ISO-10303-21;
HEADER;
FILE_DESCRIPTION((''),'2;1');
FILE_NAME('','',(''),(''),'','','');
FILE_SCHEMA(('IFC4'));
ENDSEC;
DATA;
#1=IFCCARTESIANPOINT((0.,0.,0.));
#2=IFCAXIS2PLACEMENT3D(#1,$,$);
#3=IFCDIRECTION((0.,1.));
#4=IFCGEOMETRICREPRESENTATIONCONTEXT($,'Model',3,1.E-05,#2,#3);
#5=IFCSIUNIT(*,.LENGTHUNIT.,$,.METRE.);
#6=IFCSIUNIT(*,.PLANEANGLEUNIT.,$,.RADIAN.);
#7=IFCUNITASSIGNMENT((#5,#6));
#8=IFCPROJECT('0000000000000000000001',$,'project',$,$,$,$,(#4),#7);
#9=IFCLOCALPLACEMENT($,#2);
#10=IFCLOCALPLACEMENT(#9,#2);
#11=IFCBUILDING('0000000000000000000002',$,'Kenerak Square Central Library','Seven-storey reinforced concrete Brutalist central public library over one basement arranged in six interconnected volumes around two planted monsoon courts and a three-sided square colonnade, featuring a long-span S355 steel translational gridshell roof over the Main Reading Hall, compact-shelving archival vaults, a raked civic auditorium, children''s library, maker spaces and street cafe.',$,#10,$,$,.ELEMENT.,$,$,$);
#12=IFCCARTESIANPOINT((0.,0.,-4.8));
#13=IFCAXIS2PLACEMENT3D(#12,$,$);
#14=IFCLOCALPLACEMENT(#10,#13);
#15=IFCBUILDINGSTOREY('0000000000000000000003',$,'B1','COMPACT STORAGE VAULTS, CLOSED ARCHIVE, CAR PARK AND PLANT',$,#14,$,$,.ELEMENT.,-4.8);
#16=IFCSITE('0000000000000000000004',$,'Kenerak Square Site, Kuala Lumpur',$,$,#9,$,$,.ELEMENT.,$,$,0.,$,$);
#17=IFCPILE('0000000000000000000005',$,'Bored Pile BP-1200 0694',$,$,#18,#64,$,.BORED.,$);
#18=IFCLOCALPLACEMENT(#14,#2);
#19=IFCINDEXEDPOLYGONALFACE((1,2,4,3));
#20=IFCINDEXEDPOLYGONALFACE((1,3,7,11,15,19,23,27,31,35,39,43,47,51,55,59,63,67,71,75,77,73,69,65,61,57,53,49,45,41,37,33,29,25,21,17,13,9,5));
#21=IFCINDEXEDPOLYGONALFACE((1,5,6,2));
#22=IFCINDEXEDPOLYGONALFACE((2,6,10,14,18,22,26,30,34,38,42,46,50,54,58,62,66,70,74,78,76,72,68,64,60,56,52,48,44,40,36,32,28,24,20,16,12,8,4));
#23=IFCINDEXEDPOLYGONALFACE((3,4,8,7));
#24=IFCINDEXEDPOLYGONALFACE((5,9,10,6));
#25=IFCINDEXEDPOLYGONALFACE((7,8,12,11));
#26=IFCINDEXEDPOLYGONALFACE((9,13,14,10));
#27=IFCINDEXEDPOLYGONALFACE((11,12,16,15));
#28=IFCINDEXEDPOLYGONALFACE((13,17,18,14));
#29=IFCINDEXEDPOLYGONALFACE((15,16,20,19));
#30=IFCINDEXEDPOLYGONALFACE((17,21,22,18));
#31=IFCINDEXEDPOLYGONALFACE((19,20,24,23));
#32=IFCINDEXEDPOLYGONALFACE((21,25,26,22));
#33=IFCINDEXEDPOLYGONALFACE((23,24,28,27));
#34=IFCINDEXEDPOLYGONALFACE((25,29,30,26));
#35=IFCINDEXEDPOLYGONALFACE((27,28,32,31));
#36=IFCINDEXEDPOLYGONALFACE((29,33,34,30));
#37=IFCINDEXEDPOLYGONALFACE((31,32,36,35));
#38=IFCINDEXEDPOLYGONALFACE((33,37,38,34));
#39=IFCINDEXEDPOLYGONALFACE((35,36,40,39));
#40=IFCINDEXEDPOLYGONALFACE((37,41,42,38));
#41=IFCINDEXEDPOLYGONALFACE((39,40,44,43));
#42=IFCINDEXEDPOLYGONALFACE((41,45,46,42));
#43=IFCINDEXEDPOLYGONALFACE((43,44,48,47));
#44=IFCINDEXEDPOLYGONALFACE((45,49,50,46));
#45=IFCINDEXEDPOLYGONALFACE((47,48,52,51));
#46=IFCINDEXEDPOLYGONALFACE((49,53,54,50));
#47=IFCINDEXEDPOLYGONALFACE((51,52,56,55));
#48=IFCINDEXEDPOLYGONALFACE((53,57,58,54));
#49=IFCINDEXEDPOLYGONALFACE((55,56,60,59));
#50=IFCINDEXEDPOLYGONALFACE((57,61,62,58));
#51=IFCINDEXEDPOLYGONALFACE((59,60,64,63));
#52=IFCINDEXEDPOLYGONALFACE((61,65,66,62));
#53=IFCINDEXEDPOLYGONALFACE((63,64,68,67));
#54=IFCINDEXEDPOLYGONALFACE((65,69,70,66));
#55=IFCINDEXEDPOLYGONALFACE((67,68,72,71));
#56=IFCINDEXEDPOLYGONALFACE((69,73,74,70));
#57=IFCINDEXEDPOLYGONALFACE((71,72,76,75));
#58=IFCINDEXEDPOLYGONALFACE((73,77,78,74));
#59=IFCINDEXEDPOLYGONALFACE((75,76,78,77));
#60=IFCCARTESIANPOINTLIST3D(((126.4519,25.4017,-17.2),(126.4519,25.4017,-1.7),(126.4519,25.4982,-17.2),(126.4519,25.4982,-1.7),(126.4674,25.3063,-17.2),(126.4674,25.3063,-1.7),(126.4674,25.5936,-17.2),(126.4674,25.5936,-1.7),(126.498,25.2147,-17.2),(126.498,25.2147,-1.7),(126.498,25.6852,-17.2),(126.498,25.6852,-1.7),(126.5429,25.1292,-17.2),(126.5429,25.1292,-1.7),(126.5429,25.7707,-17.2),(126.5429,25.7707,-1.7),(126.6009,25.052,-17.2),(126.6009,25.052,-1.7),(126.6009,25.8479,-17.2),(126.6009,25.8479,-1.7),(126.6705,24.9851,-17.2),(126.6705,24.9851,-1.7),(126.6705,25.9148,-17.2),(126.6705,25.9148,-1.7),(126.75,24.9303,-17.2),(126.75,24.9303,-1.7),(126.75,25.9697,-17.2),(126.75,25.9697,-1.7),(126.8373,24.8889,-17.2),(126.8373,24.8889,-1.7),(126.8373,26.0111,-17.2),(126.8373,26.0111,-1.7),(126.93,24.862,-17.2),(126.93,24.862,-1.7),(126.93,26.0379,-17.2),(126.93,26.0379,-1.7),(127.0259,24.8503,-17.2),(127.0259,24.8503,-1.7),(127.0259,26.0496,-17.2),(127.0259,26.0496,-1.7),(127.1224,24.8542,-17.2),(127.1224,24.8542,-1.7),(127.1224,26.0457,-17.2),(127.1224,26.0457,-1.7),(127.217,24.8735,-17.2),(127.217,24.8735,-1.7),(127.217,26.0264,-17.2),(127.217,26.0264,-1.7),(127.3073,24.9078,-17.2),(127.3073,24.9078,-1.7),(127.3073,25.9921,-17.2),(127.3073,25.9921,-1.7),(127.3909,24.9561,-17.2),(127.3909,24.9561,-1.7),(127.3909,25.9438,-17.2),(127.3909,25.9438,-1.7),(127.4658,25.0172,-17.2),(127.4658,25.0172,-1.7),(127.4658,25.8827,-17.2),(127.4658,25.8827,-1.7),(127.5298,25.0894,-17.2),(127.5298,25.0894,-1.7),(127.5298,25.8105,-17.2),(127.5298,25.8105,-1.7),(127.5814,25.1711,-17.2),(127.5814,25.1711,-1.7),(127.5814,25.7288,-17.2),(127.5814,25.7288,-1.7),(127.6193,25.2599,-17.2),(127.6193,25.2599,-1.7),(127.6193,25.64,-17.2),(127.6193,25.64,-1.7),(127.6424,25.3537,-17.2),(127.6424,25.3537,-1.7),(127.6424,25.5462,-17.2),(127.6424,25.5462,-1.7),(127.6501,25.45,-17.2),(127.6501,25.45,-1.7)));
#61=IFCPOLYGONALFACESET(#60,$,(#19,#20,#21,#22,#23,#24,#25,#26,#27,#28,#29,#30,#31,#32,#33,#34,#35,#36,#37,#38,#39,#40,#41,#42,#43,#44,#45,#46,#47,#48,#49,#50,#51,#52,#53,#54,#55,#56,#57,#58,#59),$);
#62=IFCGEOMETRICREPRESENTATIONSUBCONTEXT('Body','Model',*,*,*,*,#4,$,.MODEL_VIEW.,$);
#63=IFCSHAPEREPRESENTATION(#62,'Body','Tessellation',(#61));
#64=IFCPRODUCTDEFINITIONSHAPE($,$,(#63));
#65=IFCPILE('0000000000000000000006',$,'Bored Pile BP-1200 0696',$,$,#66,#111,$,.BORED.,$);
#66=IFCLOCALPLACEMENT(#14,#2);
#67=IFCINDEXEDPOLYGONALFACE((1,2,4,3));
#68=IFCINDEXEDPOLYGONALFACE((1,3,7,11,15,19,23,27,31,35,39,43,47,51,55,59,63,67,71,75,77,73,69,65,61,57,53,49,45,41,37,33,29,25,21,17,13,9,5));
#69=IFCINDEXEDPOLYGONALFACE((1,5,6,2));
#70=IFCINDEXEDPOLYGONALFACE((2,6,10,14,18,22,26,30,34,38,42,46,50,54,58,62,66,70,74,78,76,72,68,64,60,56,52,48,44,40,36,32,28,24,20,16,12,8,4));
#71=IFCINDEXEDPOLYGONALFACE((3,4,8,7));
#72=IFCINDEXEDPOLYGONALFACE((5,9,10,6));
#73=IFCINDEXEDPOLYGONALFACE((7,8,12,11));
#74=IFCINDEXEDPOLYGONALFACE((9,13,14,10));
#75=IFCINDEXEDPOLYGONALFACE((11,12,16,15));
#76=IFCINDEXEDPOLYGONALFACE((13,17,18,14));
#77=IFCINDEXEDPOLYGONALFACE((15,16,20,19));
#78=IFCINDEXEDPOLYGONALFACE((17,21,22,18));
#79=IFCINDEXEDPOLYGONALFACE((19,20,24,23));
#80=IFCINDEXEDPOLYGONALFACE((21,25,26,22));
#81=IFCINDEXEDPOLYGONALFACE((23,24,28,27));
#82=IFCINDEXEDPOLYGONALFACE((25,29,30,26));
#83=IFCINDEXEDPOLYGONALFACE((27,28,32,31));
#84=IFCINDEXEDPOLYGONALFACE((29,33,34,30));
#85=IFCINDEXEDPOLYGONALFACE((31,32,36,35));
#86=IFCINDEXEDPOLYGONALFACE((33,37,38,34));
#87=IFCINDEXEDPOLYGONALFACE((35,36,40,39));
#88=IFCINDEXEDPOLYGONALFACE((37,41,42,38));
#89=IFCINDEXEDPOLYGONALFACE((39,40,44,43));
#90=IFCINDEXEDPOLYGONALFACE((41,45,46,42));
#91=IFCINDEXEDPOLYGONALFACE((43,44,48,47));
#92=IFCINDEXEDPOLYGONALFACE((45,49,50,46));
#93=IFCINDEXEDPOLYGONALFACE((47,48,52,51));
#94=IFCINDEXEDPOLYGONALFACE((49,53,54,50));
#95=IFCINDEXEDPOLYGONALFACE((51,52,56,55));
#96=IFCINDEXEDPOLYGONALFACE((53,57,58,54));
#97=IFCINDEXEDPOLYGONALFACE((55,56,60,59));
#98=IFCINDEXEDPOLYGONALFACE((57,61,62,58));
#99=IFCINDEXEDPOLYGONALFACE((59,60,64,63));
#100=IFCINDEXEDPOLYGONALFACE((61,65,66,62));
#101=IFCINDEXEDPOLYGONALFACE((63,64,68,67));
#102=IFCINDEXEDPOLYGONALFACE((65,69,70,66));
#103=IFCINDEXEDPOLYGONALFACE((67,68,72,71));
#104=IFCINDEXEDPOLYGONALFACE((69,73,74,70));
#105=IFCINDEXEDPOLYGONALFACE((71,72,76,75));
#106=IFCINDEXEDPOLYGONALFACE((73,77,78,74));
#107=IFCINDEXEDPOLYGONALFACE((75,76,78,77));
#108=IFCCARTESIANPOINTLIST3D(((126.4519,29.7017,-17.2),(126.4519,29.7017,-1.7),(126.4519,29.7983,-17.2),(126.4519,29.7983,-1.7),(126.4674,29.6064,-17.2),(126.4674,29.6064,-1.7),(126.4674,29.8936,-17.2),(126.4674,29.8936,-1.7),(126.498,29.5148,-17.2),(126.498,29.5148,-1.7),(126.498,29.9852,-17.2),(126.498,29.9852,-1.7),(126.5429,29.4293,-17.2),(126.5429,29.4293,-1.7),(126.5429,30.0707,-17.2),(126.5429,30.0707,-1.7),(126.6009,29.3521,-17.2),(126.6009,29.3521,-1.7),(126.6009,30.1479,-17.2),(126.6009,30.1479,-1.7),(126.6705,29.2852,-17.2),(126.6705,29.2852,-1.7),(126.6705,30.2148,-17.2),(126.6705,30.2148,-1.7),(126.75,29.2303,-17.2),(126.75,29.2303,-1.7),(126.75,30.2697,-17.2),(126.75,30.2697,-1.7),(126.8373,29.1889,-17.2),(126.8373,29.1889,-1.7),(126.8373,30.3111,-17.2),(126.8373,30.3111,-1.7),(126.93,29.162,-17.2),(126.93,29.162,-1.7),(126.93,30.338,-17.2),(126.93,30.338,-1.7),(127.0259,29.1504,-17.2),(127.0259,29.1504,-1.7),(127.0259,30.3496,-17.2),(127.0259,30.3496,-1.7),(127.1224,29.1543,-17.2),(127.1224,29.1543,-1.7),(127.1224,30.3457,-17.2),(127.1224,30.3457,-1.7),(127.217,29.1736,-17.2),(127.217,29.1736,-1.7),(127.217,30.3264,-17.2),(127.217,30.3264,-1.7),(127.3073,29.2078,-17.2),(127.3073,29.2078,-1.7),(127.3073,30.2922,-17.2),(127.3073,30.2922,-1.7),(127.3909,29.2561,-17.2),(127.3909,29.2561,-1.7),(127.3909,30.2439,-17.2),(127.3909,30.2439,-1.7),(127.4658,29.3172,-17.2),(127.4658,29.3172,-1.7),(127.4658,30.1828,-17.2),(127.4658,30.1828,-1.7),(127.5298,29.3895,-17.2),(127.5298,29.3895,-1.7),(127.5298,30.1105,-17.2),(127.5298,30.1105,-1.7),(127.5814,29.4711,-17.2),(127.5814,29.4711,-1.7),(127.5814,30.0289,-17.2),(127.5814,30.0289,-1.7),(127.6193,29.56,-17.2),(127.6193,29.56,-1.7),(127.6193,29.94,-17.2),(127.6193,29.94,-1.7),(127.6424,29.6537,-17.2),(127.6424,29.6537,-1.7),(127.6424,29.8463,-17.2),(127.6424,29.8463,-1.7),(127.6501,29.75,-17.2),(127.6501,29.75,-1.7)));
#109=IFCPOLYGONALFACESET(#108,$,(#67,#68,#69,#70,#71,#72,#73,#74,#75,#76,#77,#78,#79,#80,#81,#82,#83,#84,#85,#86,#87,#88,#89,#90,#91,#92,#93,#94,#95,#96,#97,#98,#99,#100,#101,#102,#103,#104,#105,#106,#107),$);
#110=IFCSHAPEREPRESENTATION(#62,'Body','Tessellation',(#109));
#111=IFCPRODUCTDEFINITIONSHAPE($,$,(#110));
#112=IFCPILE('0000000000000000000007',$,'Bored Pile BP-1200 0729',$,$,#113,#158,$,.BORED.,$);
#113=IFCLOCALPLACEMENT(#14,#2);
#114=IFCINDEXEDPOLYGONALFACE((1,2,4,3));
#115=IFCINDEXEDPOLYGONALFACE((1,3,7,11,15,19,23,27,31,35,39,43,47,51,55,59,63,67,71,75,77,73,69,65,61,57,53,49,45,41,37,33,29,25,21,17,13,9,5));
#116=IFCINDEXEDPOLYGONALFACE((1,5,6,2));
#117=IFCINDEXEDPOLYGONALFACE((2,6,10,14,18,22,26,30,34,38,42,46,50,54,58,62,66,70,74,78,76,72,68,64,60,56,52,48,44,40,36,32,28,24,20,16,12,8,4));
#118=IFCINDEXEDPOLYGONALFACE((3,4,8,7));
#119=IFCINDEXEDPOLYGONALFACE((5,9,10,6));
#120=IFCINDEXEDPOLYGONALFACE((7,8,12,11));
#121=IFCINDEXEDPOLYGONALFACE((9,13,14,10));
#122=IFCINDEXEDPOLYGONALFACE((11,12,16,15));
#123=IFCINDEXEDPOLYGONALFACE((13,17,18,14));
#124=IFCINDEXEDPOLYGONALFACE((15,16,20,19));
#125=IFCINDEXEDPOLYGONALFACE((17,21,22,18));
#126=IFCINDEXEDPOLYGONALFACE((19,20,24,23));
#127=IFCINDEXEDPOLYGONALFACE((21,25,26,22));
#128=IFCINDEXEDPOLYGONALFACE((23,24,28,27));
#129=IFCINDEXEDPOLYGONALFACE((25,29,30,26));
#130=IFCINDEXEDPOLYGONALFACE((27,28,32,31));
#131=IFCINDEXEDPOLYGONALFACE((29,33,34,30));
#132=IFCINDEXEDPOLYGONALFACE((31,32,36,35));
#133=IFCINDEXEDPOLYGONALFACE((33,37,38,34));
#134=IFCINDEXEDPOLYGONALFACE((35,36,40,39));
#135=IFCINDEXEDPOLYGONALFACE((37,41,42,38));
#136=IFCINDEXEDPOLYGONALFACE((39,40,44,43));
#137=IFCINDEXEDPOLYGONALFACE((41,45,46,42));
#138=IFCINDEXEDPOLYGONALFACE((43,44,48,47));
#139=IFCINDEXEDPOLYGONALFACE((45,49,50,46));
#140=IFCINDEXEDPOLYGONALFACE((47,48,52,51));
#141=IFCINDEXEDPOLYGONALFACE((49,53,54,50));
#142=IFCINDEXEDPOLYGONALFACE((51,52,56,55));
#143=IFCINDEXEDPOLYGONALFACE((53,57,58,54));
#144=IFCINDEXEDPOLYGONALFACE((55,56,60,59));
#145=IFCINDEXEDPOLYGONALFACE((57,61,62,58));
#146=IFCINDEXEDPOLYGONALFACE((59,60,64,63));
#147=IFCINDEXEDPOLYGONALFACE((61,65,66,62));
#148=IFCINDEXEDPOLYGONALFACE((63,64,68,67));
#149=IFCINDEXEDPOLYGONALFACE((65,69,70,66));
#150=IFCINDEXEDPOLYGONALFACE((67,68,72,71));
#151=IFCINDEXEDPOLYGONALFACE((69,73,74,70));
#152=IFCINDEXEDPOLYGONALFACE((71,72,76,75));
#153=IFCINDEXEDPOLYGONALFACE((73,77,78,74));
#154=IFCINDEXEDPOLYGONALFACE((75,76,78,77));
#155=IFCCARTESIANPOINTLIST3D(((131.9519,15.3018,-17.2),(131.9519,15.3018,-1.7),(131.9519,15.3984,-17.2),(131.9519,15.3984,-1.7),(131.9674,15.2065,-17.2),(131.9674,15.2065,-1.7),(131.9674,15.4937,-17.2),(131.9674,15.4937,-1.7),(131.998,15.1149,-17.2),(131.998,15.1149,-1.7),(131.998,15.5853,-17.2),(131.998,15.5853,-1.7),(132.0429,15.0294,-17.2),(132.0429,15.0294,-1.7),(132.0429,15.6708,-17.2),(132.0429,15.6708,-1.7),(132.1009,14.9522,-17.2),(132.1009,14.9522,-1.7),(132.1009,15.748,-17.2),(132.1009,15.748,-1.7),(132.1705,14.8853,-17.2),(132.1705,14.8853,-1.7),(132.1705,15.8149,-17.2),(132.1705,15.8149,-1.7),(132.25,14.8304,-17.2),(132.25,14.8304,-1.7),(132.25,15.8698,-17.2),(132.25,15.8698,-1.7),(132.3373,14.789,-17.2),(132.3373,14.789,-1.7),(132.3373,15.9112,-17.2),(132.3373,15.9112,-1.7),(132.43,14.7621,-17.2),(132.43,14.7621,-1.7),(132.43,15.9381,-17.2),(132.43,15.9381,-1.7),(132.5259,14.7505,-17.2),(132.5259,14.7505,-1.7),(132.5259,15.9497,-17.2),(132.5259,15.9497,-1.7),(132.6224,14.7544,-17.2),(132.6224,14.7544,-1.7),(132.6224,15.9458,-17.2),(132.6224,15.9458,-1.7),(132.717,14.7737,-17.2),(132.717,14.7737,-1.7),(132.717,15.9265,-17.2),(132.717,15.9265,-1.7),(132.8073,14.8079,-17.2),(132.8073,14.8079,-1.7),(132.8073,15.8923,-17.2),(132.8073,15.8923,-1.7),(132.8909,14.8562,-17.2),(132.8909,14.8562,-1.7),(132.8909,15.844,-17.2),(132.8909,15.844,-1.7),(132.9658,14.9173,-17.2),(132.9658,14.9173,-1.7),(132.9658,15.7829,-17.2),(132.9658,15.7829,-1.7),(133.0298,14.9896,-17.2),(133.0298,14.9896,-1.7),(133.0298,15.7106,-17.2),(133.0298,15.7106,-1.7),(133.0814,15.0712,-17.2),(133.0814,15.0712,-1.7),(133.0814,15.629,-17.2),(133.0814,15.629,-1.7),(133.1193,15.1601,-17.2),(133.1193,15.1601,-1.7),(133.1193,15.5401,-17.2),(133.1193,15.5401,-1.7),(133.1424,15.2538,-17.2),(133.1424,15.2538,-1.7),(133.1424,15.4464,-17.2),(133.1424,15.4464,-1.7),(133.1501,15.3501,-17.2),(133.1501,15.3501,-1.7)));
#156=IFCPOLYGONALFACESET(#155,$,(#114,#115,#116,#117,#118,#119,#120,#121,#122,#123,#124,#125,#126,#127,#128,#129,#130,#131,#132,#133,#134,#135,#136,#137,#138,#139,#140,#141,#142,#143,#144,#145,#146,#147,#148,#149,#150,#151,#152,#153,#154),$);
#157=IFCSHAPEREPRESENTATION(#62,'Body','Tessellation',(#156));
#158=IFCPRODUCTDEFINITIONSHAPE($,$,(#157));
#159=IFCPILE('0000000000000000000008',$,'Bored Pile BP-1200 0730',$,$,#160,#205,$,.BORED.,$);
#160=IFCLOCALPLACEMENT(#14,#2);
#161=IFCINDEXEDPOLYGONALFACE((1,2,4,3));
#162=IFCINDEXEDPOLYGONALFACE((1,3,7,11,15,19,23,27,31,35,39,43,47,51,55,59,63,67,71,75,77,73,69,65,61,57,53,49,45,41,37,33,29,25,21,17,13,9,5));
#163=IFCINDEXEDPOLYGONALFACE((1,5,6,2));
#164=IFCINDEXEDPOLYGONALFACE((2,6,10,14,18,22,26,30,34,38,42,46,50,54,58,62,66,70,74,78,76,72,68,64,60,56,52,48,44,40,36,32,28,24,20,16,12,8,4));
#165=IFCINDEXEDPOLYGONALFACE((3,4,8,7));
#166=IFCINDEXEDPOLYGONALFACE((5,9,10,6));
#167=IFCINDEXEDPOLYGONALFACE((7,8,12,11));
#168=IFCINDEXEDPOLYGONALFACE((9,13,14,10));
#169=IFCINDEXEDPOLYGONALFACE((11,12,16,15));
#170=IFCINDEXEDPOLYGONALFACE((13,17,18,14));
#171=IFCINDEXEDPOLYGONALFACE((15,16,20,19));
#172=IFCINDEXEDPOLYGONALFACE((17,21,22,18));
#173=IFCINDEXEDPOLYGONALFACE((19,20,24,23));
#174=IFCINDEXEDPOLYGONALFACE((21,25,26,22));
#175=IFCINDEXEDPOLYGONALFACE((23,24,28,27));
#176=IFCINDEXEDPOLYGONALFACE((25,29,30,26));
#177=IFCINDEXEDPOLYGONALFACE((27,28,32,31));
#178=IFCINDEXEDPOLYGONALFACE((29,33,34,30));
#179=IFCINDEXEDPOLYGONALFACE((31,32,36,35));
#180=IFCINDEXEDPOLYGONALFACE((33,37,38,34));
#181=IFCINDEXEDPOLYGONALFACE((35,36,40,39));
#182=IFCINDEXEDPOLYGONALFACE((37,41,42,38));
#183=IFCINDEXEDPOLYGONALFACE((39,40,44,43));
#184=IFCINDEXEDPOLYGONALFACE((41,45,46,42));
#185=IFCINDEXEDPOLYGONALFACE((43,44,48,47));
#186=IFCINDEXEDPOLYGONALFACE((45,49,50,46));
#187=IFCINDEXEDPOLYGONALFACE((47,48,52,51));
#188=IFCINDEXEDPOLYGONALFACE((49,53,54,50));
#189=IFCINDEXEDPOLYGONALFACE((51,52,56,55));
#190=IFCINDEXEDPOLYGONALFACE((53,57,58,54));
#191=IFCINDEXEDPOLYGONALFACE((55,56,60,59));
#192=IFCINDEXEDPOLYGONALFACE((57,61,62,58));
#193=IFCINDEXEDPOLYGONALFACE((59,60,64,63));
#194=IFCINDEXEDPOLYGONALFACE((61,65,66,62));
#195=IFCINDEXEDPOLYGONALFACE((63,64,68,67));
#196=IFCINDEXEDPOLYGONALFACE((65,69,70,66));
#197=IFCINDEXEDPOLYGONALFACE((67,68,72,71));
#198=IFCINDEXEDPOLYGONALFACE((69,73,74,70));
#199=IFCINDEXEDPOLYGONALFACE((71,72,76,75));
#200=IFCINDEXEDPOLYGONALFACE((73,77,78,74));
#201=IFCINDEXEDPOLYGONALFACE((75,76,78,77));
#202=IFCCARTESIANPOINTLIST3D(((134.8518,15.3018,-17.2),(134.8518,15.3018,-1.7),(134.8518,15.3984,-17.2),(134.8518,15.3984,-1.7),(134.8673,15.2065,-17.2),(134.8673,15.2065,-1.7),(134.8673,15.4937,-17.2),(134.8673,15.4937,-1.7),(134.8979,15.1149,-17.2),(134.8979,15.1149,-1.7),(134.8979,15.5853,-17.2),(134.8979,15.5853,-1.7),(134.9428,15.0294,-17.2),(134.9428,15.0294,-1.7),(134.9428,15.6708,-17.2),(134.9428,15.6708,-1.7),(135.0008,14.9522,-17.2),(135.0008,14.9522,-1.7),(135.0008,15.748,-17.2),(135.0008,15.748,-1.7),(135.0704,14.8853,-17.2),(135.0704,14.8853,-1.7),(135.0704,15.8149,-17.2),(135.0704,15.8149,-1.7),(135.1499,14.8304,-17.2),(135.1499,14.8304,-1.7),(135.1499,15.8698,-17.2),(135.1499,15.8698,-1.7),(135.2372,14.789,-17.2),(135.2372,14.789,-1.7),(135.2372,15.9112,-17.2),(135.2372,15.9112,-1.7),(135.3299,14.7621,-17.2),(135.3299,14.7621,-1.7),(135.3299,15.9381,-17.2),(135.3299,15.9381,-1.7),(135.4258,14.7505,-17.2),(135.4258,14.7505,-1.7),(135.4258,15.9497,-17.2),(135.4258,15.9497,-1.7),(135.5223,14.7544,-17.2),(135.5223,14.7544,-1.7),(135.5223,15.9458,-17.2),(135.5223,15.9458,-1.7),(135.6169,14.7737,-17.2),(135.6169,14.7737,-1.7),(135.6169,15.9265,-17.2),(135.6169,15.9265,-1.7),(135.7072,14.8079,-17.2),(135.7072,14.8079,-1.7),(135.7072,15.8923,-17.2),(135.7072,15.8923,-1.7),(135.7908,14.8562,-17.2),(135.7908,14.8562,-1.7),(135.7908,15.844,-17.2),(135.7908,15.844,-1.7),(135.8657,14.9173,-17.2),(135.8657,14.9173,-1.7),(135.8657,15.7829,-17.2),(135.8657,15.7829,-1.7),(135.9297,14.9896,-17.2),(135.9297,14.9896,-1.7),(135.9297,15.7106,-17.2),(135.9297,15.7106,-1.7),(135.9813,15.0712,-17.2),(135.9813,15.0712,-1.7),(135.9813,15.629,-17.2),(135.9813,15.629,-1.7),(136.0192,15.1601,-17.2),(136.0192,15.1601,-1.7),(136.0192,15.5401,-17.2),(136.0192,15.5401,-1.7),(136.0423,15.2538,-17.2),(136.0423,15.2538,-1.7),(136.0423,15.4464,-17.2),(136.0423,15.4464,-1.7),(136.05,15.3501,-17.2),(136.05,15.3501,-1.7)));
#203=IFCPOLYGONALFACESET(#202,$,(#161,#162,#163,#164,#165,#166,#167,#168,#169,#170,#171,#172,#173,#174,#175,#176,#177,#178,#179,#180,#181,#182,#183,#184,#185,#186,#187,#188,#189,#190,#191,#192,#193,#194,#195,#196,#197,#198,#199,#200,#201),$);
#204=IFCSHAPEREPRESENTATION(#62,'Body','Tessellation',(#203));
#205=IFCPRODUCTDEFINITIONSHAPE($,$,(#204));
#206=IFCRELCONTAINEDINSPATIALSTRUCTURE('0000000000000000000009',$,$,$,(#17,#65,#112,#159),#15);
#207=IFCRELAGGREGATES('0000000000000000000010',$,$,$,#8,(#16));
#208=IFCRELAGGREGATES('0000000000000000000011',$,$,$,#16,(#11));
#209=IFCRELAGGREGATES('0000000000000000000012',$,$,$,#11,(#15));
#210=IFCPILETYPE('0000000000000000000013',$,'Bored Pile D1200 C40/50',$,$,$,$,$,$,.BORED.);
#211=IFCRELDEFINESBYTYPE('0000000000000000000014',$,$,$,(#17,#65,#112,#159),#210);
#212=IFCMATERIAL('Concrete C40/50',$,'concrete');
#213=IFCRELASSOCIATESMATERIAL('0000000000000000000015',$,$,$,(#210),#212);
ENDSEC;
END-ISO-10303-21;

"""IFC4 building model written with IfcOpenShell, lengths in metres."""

from ifc_helpers import new_model, si_unit, direction, frame, origin, origin_2d, place, context, subcontext, project, spatial, circle, extrude, material, material_profile, profile_set, type_object, element, save


model = new_model("IFC4")

# Units and contexts
model_context = context("Model", 3, precision=1e-05, world=origin(), true_north=direction((0.0, 1.0)))
body_context = subcontext(model_context, "Body", "Model", "MODEL_VIEW")
ifc_project = project(units=[si_unit("LENGTHUNIT", "METRE"), si_unit("PLANEANGLEUNIT", "RADIAN")], contexts=[model_context])

# Site, building, storey
site_placement = place(None, origin())
site = spatial("IfcSite", under=ifc_project, at=site_placement, Name="Kenerak Square Site, Kuala Lumpur", CompositionType="ELEMENT", RefElevation=0.0)
building_placement = place(site_placement, origin())
building = spatial("IfcBuilding", under=site, at=building_placement, Name="Kenerak Square Central Library", Description="Seven-storey reinforced concrete Brutalist central public library over one basement arranged in six interconnected volumes around two planted monsoon courts and a three-sided square colonnade, featuring a long-span S355 steel translational gridshell roof over the Main Reading Hall, compact-shelving archival vaults, a raked civic auditorium, children's library, maker spaces and street cafe.", CompositionType="ELEMENT")
storey_placement = place(building_placement, frame((0.0, 0.0, -4.8)))
storey = spatial("IfcBuildingStorey", under=building, at=storey_placement, Name="B1", Description="COMPACT STORAGE VAULTS, CLOSED ARCHIVE, CAR PARK AND PLANT", CompositionType="ELEMENT", Elevation=-4.8)

# Piles
ifc_material_1 = material(Name="Concrete C40/50", Category="concrete")
ifc_material_profile_1 = material_profile(ifc_material_1, circle(Radius=0.6001, at=origin_2d()), Name="BP D1200")
ifc_profile_set_1 = profile_set([ifc_material_profile_1], Name="Concrete C40/50")
pile_type_1 = type_object("IfcPileType", Name="Bored Pile D1200 C40/50", PredefinedType="BORED", material=ifc_profile_set_1)
for number, where, z_axis, x_axis, name in (
    (1, (127.05, 25.45, -1.7), (0.0, 0.0, -1.0), (1.0, 0.0, 0.0), "Bored Pile BP-1200 0694"),
    (2, (127.05, 29.75, -1.7), (0.0, 0.0, -1.0), (1.0, 0.0, 0.0), "Bored Pile BP-1200 0696"),
    (3, (132.55, 15.3501, -1.7), (0.0, 0.0, -1.0), (1.0, 0.0, 0.0), "Bored Pile BP-1200 0729"),
    (4, (135.45, 15.3501, -1.7), (0.0, 0.0, -1.0), (1.0, 0.0, 0.0), "Bored Pile BP-1200 0730"),
):
    element("IfcPile", number, at=place(storey_placement, frame(where, z_axis=z_axis, x_axis=x_axis)), inside=storey, type_object=pile_type_1, Name=name, PredefinedType="BORED", context=body_context, shape_type="SweptSolid", body=[
        extrude(circle(Radius=0.6001, at=origin_2d()), origin(), (0.0, 0.0, 1.0), 15.5),
    ])

save(model, "model.ifc")
